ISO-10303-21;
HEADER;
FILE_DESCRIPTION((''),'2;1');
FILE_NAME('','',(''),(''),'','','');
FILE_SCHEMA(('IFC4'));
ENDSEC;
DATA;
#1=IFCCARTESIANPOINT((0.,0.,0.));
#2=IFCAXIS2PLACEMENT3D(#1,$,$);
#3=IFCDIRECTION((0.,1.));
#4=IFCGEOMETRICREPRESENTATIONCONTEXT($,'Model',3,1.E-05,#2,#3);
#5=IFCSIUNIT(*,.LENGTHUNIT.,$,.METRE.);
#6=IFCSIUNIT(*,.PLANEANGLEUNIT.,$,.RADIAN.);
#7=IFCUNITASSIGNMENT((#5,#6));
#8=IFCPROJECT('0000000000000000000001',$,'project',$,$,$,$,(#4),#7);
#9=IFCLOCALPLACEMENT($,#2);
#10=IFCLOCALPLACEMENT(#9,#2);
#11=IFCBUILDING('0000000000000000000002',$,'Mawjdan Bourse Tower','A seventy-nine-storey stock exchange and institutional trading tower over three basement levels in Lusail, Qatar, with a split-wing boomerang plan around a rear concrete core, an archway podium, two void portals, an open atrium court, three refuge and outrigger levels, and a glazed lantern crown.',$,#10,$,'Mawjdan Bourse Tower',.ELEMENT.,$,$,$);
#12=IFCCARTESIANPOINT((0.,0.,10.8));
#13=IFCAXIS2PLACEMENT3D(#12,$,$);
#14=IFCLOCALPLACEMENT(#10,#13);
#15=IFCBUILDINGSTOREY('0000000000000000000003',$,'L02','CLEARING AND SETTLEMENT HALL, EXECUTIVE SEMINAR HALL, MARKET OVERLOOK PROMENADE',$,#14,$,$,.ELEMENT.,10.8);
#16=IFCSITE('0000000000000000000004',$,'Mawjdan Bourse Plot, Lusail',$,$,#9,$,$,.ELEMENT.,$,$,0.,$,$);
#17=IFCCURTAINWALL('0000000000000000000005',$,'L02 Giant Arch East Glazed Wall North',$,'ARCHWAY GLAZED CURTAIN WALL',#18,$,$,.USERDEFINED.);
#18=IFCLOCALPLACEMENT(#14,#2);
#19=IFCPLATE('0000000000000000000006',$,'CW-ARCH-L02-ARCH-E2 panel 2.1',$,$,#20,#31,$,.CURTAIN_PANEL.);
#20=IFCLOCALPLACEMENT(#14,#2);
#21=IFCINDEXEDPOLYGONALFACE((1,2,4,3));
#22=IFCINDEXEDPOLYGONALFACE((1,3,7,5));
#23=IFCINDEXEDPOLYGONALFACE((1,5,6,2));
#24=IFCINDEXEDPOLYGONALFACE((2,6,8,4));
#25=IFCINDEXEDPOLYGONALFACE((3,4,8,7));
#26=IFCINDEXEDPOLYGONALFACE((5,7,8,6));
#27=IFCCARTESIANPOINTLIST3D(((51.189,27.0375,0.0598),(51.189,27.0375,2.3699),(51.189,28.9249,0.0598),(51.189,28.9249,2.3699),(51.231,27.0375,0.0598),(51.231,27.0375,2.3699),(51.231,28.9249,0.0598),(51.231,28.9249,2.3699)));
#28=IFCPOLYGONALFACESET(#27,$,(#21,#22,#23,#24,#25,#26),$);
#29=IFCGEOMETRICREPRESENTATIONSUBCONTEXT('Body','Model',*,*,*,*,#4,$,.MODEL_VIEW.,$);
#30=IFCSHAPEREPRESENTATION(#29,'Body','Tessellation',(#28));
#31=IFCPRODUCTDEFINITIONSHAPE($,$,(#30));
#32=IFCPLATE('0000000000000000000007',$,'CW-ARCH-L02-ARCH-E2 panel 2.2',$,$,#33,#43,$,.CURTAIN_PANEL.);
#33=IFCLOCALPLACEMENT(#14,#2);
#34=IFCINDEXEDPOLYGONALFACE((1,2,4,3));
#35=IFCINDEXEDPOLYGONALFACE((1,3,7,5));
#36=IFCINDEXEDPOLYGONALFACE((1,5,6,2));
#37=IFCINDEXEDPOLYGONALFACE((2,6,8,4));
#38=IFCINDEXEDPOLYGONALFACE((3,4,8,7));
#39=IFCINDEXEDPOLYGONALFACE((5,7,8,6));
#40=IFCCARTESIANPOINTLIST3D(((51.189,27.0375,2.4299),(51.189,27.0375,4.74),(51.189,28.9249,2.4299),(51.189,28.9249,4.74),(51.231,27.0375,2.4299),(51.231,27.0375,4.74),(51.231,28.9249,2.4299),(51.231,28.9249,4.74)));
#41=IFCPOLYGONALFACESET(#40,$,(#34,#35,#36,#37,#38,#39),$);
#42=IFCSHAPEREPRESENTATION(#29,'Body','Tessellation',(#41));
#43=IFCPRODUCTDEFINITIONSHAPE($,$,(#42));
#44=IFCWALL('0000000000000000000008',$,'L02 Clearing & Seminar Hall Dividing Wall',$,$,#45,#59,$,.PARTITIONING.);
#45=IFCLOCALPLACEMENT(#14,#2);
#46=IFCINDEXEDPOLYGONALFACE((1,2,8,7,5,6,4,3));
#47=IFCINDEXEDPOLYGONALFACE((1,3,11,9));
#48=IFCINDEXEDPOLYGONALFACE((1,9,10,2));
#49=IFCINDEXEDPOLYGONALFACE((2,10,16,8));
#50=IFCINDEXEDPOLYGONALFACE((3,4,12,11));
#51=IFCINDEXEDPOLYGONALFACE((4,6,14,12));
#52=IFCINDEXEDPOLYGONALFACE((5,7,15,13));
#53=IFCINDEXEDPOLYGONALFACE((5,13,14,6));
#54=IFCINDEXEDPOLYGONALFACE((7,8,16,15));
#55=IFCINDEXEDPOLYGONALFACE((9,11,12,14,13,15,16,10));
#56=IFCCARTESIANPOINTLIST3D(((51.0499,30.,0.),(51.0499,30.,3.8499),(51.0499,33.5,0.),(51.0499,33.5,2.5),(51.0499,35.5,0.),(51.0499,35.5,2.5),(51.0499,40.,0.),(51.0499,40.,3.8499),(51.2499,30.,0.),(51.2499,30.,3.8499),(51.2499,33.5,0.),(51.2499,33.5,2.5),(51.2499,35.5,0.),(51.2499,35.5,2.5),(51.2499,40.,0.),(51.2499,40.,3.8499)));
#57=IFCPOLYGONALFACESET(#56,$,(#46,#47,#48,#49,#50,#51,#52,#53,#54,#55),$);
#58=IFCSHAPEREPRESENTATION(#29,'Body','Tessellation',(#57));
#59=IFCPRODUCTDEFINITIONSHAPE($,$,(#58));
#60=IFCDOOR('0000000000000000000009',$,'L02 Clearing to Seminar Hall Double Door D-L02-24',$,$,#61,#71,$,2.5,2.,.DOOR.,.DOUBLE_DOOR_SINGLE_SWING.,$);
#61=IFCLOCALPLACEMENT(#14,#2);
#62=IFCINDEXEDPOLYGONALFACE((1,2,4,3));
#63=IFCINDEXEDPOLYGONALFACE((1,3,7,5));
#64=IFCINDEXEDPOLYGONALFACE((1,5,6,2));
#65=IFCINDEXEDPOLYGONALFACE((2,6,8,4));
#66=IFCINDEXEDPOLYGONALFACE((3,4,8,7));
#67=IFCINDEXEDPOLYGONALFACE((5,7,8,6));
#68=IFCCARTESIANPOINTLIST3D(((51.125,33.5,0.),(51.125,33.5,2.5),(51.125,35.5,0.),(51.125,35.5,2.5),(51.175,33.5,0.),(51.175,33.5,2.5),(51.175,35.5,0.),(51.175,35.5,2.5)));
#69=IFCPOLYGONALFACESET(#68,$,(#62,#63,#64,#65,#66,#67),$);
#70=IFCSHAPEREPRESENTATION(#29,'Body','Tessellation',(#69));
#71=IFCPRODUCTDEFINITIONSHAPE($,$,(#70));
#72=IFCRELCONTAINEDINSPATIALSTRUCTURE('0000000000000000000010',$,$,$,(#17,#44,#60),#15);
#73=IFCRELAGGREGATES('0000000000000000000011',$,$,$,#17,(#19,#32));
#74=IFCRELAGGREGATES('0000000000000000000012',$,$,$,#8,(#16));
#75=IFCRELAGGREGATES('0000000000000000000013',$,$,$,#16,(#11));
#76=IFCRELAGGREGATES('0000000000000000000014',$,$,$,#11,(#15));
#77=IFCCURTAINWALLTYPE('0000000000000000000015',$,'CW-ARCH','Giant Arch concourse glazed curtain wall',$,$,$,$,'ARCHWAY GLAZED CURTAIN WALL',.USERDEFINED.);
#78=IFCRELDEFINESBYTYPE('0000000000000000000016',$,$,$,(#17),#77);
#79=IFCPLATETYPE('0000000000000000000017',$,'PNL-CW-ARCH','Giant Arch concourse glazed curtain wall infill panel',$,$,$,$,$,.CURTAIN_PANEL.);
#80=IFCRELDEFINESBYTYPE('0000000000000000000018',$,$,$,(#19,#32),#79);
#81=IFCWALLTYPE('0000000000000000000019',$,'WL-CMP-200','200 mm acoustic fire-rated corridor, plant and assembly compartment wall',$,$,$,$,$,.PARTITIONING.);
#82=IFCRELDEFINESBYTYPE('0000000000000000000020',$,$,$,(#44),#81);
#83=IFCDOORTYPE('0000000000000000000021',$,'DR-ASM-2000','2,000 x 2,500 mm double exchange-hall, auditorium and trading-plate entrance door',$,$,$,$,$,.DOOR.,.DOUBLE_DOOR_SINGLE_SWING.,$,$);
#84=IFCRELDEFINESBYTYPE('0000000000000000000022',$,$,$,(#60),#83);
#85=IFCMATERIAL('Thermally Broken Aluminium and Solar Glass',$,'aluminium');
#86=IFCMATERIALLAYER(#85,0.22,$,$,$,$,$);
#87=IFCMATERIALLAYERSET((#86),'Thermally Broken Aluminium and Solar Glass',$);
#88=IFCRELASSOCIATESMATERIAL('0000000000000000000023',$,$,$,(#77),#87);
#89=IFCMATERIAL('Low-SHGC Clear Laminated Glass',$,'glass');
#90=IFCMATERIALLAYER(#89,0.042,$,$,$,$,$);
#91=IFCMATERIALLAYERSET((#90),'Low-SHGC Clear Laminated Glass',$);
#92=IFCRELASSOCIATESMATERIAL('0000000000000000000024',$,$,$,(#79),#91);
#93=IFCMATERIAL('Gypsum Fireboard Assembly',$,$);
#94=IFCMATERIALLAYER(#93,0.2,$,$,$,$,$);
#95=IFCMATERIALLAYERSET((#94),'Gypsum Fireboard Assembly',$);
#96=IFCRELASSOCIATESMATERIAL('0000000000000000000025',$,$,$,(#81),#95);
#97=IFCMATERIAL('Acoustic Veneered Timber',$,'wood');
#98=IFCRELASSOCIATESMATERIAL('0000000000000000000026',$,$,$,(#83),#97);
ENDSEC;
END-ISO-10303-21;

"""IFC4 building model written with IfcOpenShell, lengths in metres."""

from ifc_helpers import new_model, si_unit, direction, frame, frame_2d, origin, origin_2d, place, context, subcontext, project, spatial, rectangle, extrude, material, layer, layer_set, type_object, element, fill, aggregate, save


model = new_model("IFC4")

# Units and contexts
model_context = context("Model", 3, precision=1e-05, world=origin(), true_north=direction((0.0, 1.0)))
body_context = subcontext(model_context, "Body", "Model", "MODEL_VIEW")
ifc_project = project(units=[si_unit("LENGTHUNIT", "METRE"), si_unit("PLANEANGLEUNIT", "RADIAN")], contexts=[model_context])

# Site, building, storey
site_placement = place(None, origin())
site = spatial("IfcSite", under=ifc_project, at=site_placement, Name="Mawjdan Bourse Plot, Lusail", CompositionType="ELEMENT", RefElevation=0.0)
building_placement = place(site_placement, origin())
building = spatial("IfcBuilding", under=site, at=building_placement, Name="Mawjdan Bourse Tower", Description="A seventy-nine-storey stock exchange and institutional trading tower over three basement levels in Lusail, Qatar, with a split-wing boomerang plan around a rear concrete core, an archway podium, two void portals, an open atrium court, three refuge and outrigger levels, and a glazed lantern crown.", LongName="Mawjdan Bourse Tower", CompositionType="ELEMENT")
storey_placement = place(building_placement, frame((0.0, 0.0, 10.8)))
storey = spatial("IfcBuildingStorey", under=building, at=storey_placement, Name="L02", Description="CLEARING AND SETTLEMENT HALL, EXECUTIVE SEMINAR HALL, MARKET OVERLOOK PROMENADE", CompositionType="ELEMENT", Elevation=10.8)

# Curtain wall, plates
ifc_material_1 = material(Name="Thermally Broken Aluminium and Solar Glass", Category="aluminium")
ifc_layer_1 = layer(ifc_material_1, 0.22)
ifc_layer_set_1 = layer_set([ifc_layer_1], Name="Thermally Broken Aluminium and Solar Glass")
curtain_wall_type = type_object("IfcCurtainWallType", Name="CW-ARCH", Description="Giant Arch concourse glazed curtain wall", ElementType="ARCHWAY GLAZED CURTAIN WALL", PredefinedType="USERDEFINED", material=ifc_layer_set_1)
curtain_wall_placement = place(storey_placement, origin())
curtain_wall = element("IfcCurtainWall", 1, at=curtain_wall_placement, inside=storey, type_object=curtain_wall_type, Name="L02 Giant Arch East Glazed Wall North", ObjectType="ARCHWAY GLAZED CURTAIN WALL", PredefinedType="USERDEFINED")
ifc_material_2 = material(Name="Low-SHGC Clear Laminated Glass", Category="glass")
ifc_layer_2 = layer(ifc_material_2, 0.042)
ifc_layer_set_2 = layer_set([ifc_layer_2], Name="Low-SHGC Clear Laminated Glass")
plate_type = type_object("IfcPlateType", Name="PNL-CW-ARCH", Description="Giant Arch concourse glazed curtain wall infill panel", PredefinedType="CURTAIN_PANEL", material=ifc_layer_set_2)
plate_1_placement = place(storey_placement, frame((51.21, 27.9812, 0.0598), z_axis=(0.0, 0.0, 1.0), x_axis=(0.0, 1.0, 0.0)))
plate_1 = element("IfcPlate", 2, at=plate_1_placement, type_object=plate_type, Name="CW-ARCH-L02-ARCH-E2 panel 2.1", PredefinedType="CURTAIN_PANEL", context=body_context, shape_type="SweptSolid", body=[
    extrude(rectangle(XDim=1.8875, YDim=0.042, at=origin_2d()), origin(), (0.0, 0.0, 1.0), 2.3101),
])
plate_2_placement = place(storey_placement, frame((51.21, 27.9812, 2.4299), z_axis=(0.0, 0.0, 1.0), x_axis=(0.0, 1.0, 0.0)))
plate_2 = element("IfcPlate", 3, at=plate_2_placement, type_object=plate_type, Name="CW-ARCH-L02-ARCH-E2 panel 2.2", PredefinedType="CURTAIN_PANEL", context=body_context, shape_type="SweptSolid", body=[
    extrude(rectangle(XDim=1.8875, YDim=0.042, at=origin_2d()), origin(), (0.0, 0.0, 1.0), 2.3101),
])
aggregate(curtain_wall, [plate_1, plate_2])

# Wall, opening, door
ifc_material_3 = material(Name="Gypsum Fireboard Assembly")
ifc_layer_3 = layer(ifc_material_3, 0.2)
ifc_layer_set_3 = layer_set([ifc_layer_3], Name="Gypsum Fireboard Assembly")
wall_type = type_object("IfcWallType", Name="WL-CMP-200", Description="200 mm acoustic fire-rated corridor, plant and assembly compartment wall", PredefinedType="PARTITIONING", material=ifc_layer_set_3)
wall_placement = place(storey_placement, frame((51.1499, 30.0, 0.0), z_axis=(0.0, 0.0, 1.0), x_axis=(0.0, 1.0, 0.0)))
wall = element("IfcWall", 4, at=wall_placement, inside=storey, type_object=wall_type, Name="L02 Clearing & Seminar Hall Dividing Wall", PredefinedType="PARTITIONING", context=body_context, shape_type="SweptSolid", body=[
    extrude(rectangle(XDim=10.0, YDim=0.2, at=frame_2d((5.0, 0.0))), origin(), (0.0, 0.0, 1.0), 3.8499),
])
opening_placement = place(wall_placement, frame((3.5, 0.0, 0.0)))
opening = element("IfcOpeningElement", 5, at=opening_placement, cuts=wall, PredefinedType="OPENING", context=body_context, shape_type="SweptSolid", body=[
    extrude(rectangle(XDim=2.0, YDim=2.5, at=frame_2d((1.0, 1.25))), frame((0.0, 0.1099, 0.0), z_axis=(0.0, -1.0, 0.0), x_axis=(1.0, 0.0, 0.0)), (0.0, 0.0, 1.0), 0.22),
])
ifc_material_4 = material(Name="Acoustic Veneered Timber", Category="wood")
door_type = type_object("IfcDoorType", Name="DR-ASM-2000", Description="2,000 x 2,500 mm double exchange-hall, auditorium and trading-plate entrance door", OperationType="DOUBLE_DOOR_SINGLE_SWING", PredefinedType="DOOR", material=ifc_material_4)
door_placement = place(opening_placement, origin())
door = element("IfcDoor", 6, at=door_placement, inside=storey, type_object=door_type, Name="L02 Clearing to Seminar Hall Double Door D-L02-24", OperationType="DOUBLE_DOOR_SINGLE_SWING", OverallHeight=2.5, OverallWidth=2.0, PredefinedType="DOOR", context=body_context, shape_type="SweptSolid", body=[
    extrude(rectangle(XDim=2.0, YDim=2.5, at=frame_2d((1.0, 1.25))), frame((0.0, 0.0249, 0.0), z_axis=(0.0, -1.0, 0.0), x_axis=(1.0, 0.0, 0.0)), (0.0, 0.0, 1.0), 0.05),
])
fill(opening, door)

save(model, "model.ifc")
